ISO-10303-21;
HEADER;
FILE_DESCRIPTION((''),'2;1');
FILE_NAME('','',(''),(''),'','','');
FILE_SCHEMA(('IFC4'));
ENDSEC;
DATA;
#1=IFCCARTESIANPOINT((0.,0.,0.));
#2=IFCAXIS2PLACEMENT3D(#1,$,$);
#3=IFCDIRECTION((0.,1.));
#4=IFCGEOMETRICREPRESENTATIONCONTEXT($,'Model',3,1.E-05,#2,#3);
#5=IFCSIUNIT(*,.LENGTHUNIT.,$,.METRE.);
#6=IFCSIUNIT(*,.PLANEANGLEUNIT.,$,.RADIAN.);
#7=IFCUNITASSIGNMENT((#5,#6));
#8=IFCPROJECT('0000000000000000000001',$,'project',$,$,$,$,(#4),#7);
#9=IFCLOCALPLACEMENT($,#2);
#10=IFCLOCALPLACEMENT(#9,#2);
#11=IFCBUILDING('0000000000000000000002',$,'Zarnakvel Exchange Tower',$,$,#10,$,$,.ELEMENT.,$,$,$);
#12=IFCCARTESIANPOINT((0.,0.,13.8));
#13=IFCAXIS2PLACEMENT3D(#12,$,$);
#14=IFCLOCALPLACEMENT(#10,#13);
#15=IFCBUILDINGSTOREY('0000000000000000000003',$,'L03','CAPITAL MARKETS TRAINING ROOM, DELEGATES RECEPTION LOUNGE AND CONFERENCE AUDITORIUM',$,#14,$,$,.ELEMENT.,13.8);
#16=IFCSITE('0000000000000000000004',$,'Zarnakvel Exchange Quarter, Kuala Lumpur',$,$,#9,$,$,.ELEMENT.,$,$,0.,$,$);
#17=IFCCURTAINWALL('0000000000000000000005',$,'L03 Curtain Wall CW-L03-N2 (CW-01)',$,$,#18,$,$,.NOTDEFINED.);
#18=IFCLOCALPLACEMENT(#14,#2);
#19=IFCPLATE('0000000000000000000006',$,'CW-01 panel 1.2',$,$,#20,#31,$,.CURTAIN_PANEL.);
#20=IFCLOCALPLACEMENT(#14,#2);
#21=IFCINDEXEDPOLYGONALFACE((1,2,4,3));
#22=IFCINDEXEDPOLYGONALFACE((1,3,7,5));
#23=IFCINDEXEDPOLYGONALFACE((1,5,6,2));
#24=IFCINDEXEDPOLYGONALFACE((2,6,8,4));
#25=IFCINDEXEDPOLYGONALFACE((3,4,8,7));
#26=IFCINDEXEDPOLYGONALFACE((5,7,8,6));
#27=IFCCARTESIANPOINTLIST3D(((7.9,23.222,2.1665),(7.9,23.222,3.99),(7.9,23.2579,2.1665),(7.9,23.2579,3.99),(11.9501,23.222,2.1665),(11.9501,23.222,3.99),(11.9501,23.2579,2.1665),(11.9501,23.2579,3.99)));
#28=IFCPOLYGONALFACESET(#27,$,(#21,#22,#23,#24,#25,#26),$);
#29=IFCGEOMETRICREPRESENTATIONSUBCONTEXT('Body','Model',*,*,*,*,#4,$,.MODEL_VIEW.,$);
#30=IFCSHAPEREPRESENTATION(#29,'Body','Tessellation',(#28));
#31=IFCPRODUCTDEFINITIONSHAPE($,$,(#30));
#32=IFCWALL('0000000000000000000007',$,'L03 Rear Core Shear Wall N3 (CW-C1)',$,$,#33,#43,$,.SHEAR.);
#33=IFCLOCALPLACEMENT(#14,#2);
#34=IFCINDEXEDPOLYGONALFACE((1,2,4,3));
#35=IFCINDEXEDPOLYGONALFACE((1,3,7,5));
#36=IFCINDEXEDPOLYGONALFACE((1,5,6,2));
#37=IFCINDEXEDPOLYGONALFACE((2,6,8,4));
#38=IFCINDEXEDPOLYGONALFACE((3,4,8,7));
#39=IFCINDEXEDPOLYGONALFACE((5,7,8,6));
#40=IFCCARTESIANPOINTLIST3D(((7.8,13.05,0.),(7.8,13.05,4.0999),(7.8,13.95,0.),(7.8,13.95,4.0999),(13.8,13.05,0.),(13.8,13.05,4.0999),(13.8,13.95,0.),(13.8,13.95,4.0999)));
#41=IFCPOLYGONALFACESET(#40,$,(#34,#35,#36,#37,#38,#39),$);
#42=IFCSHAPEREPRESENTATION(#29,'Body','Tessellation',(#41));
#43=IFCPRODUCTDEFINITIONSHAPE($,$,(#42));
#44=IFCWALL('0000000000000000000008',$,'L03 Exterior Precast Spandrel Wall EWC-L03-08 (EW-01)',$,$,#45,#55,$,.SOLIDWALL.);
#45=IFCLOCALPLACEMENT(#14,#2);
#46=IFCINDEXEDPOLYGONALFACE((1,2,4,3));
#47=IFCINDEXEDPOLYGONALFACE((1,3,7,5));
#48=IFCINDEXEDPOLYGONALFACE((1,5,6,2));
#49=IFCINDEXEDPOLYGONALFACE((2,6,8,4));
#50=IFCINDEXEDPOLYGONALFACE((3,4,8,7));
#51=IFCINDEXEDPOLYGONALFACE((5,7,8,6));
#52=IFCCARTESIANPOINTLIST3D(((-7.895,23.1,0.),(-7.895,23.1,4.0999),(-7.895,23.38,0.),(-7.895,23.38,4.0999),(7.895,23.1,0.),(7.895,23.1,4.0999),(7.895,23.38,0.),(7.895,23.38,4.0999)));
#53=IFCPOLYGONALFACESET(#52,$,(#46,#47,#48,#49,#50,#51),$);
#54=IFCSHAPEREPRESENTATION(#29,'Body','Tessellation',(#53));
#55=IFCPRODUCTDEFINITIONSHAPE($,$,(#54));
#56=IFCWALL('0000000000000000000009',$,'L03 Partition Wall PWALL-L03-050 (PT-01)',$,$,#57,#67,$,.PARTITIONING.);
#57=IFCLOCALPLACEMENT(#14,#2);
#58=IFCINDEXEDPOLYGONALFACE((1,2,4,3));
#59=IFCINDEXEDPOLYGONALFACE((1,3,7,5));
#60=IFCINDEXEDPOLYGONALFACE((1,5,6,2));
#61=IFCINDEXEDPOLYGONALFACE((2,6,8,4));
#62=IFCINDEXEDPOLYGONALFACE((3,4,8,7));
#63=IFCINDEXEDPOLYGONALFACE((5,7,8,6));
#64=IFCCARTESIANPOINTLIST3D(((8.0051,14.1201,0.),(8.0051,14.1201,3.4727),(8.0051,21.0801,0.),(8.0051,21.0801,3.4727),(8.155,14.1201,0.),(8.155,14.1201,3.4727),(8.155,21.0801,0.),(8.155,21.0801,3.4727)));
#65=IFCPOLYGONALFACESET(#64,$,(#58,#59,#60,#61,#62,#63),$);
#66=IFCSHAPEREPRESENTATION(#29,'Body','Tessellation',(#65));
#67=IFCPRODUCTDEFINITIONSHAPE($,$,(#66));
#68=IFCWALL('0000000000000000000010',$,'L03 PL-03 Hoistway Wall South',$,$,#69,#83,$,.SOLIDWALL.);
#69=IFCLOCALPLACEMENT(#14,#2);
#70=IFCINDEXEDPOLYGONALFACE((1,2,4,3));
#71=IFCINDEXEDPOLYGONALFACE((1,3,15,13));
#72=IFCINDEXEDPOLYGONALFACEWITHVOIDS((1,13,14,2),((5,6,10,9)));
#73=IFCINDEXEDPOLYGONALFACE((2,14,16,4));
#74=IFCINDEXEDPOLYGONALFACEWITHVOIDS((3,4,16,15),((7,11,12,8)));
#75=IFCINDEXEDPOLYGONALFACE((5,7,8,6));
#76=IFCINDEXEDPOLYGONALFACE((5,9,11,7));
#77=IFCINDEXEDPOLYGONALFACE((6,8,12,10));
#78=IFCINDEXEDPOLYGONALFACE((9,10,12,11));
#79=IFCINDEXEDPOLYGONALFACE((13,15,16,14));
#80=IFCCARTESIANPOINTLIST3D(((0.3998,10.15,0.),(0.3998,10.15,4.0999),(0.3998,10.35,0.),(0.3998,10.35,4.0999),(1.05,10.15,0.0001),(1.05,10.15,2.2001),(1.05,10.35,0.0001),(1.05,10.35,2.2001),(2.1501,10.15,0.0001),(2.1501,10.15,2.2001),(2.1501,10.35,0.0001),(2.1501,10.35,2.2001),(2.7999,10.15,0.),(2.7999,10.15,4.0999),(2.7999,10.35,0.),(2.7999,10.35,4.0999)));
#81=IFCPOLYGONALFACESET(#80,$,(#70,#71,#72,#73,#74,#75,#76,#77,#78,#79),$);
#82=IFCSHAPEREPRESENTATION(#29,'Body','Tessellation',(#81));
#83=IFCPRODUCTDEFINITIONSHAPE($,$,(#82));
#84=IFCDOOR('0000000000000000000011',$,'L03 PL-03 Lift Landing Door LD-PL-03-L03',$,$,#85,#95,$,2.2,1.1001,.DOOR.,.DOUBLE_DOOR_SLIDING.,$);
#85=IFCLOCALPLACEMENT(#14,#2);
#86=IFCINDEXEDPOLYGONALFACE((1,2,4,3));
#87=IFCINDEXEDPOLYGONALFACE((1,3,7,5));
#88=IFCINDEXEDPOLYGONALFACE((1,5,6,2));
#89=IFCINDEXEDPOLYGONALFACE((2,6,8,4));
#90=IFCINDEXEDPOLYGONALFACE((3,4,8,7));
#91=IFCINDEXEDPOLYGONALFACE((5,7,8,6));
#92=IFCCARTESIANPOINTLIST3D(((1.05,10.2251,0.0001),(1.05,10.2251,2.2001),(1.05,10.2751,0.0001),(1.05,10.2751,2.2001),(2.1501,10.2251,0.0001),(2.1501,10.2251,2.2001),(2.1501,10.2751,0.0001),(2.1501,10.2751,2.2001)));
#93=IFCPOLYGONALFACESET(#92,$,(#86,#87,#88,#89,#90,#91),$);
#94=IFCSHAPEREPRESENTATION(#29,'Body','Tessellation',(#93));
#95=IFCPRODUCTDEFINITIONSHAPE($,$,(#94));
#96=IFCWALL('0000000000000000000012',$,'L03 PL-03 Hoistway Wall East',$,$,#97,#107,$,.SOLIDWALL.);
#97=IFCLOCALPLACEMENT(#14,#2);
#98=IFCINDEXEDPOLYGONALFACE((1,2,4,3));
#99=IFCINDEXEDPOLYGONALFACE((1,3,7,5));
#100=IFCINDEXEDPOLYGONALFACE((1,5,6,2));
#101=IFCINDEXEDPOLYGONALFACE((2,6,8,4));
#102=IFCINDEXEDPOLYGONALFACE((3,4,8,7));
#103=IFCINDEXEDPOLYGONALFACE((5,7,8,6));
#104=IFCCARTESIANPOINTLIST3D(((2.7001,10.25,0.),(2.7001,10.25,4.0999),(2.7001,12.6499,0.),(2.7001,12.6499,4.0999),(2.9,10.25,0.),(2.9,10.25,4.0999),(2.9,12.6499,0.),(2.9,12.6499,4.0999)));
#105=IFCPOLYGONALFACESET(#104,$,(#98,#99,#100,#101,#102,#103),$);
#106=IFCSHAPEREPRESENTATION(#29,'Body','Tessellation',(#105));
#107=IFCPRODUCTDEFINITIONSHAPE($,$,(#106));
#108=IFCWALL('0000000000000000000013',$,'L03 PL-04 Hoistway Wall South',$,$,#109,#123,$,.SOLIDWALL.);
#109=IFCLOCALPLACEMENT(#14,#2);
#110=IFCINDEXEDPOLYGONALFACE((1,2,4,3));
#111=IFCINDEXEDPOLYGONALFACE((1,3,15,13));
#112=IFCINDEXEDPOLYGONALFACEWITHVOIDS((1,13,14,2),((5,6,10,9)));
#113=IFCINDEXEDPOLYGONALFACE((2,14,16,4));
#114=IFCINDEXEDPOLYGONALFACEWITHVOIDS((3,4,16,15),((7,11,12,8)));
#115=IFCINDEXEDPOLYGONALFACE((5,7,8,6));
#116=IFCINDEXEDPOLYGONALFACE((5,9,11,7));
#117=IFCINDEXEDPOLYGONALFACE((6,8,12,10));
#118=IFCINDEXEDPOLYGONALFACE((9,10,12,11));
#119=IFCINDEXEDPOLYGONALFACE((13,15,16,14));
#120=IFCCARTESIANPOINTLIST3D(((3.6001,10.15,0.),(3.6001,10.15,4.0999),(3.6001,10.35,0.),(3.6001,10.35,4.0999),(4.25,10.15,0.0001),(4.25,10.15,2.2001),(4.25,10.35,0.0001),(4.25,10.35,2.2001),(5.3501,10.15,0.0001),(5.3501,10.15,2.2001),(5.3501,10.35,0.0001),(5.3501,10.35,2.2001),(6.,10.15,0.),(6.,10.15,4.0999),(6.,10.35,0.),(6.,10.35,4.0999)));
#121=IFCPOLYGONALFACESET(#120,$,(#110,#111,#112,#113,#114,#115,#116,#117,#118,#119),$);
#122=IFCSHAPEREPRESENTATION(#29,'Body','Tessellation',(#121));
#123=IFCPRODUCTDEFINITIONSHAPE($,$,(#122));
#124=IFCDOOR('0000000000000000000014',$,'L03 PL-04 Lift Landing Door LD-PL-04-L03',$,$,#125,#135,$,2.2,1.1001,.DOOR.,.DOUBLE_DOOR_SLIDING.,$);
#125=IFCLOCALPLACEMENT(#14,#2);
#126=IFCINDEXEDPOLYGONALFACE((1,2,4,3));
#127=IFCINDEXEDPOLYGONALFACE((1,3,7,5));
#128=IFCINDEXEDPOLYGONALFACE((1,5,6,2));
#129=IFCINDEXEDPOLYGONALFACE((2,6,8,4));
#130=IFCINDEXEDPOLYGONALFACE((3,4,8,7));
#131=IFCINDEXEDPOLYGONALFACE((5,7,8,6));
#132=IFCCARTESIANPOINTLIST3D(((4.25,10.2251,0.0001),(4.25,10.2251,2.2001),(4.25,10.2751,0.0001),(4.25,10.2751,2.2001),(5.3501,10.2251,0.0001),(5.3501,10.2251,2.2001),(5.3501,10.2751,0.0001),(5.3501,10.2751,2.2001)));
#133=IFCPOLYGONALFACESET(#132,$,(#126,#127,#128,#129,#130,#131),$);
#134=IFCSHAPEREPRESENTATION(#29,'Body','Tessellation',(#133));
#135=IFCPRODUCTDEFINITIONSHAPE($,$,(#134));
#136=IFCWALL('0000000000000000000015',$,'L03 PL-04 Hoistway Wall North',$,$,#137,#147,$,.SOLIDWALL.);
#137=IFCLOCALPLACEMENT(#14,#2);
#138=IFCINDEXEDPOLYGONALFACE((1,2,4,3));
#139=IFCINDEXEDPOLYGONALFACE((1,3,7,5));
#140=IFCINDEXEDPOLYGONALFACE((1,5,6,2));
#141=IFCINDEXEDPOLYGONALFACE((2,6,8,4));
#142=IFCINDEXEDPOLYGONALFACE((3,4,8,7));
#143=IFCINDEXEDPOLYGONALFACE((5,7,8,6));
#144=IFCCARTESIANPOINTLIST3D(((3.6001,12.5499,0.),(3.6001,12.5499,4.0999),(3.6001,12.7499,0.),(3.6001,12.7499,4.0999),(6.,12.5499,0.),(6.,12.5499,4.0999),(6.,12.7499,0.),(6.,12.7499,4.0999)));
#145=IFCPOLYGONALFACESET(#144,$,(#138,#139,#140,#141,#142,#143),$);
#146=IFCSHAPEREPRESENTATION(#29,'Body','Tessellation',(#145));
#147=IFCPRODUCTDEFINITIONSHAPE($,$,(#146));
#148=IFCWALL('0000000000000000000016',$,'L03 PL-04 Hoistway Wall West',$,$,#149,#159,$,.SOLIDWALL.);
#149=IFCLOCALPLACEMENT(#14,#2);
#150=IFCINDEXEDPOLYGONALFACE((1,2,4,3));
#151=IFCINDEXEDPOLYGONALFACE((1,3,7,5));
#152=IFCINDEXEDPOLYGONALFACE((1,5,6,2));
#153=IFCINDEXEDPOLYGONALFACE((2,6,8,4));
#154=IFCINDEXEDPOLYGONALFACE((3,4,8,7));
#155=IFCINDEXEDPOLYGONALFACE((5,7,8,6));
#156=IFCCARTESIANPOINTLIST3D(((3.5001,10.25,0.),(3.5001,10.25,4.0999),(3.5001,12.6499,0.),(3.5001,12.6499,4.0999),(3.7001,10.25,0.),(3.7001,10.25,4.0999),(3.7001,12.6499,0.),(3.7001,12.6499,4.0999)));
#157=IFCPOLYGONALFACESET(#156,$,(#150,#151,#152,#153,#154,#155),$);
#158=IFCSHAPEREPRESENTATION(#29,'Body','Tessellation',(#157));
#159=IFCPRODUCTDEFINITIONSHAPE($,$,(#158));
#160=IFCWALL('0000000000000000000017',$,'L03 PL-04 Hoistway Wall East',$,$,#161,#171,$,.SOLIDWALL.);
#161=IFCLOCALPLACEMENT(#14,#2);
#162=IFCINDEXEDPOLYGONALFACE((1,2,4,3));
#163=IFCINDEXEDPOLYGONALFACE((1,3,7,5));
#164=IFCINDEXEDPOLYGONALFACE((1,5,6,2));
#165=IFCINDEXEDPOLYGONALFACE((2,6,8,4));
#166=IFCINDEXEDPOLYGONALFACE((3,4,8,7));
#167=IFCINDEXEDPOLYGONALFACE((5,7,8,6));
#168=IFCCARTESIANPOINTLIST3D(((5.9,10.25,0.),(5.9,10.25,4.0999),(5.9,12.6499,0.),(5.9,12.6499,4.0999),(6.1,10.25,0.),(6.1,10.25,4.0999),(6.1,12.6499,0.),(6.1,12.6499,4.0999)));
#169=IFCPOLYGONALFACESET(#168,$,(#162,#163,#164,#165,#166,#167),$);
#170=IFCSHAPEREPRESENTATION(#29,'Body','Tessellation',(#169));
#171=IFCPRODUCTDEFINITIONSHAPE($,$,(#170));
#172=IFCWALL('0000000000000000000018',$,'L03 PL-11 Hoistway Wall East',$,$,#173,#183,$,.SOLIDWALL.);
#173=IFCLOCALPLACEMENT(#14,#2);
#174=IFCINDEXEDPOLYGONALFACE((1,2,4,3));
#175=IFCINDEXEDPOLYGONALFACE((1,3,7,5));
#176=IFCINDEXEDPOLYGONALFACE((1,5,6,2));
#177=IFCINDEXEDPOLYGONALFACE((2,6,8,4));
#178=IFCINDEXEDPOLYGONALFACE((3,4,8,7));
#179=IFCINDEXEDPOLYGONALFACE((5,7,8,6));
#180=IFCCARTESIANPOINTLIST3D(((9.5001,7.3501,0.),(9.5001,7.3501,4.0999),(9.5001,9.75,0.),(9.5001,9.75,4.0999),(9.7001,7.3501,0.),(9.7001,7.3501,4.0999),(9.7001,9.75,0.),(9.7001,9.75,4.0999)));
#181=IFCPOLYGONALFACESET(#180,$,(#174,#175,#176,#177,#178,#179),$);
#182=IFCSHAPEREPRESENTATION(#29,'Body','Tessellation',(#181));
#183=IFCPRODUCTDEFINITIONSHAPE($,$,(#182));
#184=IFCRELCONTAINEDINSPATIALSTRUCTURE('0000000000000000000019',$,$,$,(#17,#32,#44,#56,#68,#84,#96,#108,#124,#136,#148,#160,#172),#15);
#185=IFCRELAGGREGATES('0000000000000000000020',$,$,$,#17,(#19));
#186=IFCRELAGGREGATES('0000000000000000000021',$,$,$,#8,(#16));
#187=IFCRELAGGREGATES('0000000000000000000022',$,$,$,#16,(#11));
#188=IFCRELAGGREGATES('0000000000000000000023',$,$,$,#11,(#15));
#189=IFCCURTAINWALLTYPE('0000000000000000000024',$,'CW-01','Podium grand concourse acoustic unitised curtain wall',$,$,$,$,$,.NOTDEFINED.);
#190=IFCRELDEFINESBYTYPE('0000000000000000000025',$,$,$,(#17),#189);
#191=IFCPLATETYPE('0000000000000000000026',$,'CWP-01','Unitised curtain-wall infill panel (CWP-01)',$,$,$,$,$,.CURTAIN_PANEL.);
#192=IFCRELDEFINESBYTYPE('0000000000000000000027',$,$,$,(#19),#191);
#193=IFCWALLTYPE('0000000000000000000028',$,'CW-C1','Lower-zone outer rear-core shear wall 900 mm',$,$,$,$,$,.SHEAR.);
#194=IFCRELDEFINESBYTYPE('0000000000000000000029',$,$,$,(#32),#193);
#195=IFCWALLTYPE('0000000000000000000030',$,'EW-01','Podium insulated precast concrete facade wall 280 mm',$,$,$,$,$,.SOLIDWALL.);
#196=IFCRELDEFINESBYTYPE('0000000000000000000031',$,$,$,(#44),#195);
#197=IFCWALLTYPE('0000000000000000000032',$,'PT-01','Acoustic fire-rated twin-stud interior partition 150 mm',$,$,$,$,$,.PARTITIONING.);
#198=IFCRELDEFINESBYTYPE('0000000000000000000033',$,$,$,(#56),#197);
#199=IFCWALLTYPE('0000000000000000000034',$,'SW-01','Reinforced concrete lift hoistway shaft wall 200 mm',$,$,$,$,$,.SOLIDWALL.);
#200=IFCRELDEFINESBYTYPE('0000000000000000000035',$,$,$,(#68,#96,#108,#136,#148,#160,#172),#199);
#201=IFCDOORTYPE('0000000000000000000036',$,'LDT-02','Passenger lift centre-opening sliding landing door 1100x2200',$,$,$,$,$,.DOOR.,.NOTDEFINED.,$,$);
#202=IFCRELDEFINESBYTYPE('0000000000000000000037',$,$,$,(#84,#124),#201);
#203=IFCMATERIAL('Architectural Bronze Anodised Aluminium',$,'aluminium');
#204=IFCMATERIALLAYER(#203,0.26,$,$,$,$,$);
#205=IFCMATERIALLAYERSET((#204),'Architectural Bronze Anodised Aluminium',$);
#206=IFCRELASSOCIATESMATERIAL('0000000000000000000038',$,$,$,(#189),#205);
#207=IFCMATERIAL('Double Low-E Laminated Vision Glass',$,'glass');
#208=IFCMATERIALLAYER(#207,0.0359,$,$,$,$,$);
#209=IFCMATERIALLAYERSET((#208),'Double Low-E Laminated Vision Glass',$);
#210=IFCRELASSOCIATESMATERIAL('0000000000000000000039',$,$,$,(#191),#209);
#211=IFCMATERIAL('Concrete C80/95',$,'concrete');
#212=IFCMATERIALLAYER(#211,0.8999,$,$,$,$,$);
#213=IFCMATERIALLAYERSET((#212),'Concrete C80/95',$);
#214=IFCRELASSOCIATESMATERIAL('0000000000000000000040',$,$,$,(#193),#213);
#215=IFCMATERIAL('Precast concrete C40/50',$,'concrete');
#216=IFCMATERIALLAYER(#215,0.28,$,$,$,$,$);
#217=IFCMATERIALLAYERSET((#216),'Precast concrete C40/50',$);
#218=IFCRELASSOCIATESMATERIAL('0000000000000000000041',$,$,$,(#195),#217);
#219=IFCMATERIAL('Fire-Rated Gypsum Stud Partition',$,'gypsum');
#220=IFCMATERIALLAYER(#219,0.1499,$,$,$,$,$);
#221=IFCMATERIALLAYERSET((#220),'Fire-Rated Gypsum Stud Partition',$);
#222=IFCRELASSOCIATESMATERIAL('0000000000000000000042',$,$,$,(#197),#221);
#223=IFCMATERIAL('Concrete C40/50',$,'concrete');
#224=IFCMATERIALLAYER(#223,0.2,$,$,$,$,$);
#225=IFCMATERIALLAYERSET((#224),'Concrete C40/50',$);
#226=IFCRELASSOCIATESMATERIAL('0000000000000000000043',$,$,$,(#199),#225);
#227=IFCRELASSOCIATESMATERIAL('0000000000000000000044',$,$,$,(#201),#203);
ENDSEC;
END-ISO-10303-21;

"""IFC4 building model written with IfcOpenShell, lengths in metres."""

from ifc_helpers import new_model, si_unit, direction, frame, frame_2d, origin, origin_2d, place, context, subcontext, project, spatial, rectangle, extrude, source, transform, mapped, material, layer, layer_set, type_object, element, fill, aggregate, save


model = new_model("IFC4")

# Units and contexts
model_context = context("Model", 3, precision=1e-05, world=origin(), true_north=direction((0.0, 1.0)))
body_context = subcontext(model_context, "Body", "Model", "MODEL_VIEW")
ifc_project = project(units=[si_unit("LENGTHUNIT", "METRE"), si_unit("PLANEANGLEUNIT", "RADIAN")], contexts=[model_context])

# Site, building, storey
site_placement = place(None, origin())
site = spatial("IfcSite", under=ifc_project, at=site_placement, Name="Zarnakvel Exchange Quarter, Kuala Lumpur", CompositionType="ELEMENT", RefElevation=0.0)
building_placement = place(site_placement, origin())
building = spatial("IfcBuilding", under=site, at=building_placement, Name="Zarnakvel Exchange Tower", CompositionType="ELEMENT")
storey_placement = place(building_placement, frame((0.0, 0.0, 13.8)))
storey = spatial("IfcBuildingStorey", under=building, at=storey_placement, Name="L03", Description="CAPITAL MARKETS TRAINING ROOM, DELEGATES RECEPTION LOUNGE AND CONFERENCE AUDITORIUM", CompositionType="ELEMENT", Elevation=13.8)

# Shared definitions
ifc_material_1 = material(Name="Concrete C80/95", Category="concrete")

# Curtain wall, plate
ifc_material_2 = material(Name="Architectural Bronze Anodised Aluminium", Category="aluminium")
ifc_layer_1 = layer(ifc_material_2, 0.26)
ifc_layer_set_1 = layer_set([ifc_layer_1], Name="Architectural Bronze Anodised Aluminium")
curtain_wall_type = type_object("IfcCurtainWallType", Name="CW-01", Description="Podium grand concourse acoustic unitised curtain wall", PredefinedType="NOTDEFINED", material=ifc_layer_set_1)
curtain_wall_placement = place(storey_placement, origin())
curtain_wall = element("IfcCurtainWall", 1, at=curtain_wall_placement, inside=storey, type_object=curtain_wall_type, Name="L03 Curtain Wall CW-L03-N2 (CW-01)", PredefinedType="NOTDEFINED")
ifc_material_3 = material(Name="Double Low-E Laminated Vision Glass", Category="glass")
ifc_layer_2 = layer(ifc_material_3, 0.0359)
ifc_layer_set_2 = layer_set([ifc_layer_2], Name="Double Low-E Laminated Vision Glass")
plate_type = type_object("IfcPlateType", Name="CWP-01", Description="Unitised curtain-wall infill panel (CWP-01)", PredefinedType="CURTAIN_PANEL", material=ifc_layer_set_2)
shared_shape_1 = source(origin(), body_context, "Body", "SweptSolid", [
    extrude(rectangle(XDim=4.05, YDim=0.0359, at=origin_2d()), origin(), (0.0, 0.0, 1.0), 1.8235),
])
plate_1_placement = place(storey_placement, frame((9.925, 23.24, 2.1665), z_axis=(0.0, 0.0, 1.0), x_axis=(1.0, 0.0, 0.0)))
plate_1 = element("IfcPlate", 2, at=plate_1_placement, type_object=plate_type, Name="CW-01 panel 1.2", PredefinedType="CURTAIN_PANEL", context=body_context, shape_type="MappedRepresentation", body=[
    mapped(shared_shape_1, transform((0.0, 0.0, 0.0), x_axis=(1.0, 0.0, 0.0), y_axis=(0.0, 1.0, 0.0), z_axis=(0.0, 0.0, 1.0), scale=1.0)),
])
aggregate(curtain_wall, [plate_1])

# Walls
ifc_layer_3 = layer(ifc_material_1, 0.8999)
ifc_layer_set_3 = layer_set([ifc_layer_3], Name="Concrete C80/95")
wall_type_1 = type_object("IfcWallType", Name="CW-C1", Description="Lower-zone outer rear-core shear wall 900 mm", PredefinedType="SHEAR", material=ifc_layer_set_3)
wall_1_placement = place(storey_placement, frame((7.8, 13.5, 0.0), z_axis=(0.0, 0.0, 1.0), x_axis=(1.0, 0.0, 0.0)))
element("IfcWall", 3, at=wall_1_placement, inside=storey, type_object=wall_type_1, Name="L03 Rear Core Shear Wall N3 (CW-C1)", PredefinedType="SHEAR", context=body_context, shape_type="SweptSolid", body=[
    extrude(rectangle(XDim=6.0, YDim=0.8999, at=frame_2d((3.0, 0.0))), origin(), (0.0, 0.0, 1.0), 4.0999),
])
ifc_material_4 = material(Name="Precast concrete C40/50", Category="concrete")
ifc_layer_4 = layer(ifc_material_4, 0.28)
ifc_layer_set_4 = layer_set([ifc_layer_4], Name="Precast concrete C40/50")
wall_type_2 = type_object("IfcWallType", Name="EW-01", Description="Podium insulated precast concrete facade wall 280 mm", PredefinedType="SOLIDWALL", material=ifc_layer_set_4)
wall_2_placement = place(storey_placement, frame((7.895, 23.24, 0.0), z_axis=(0.0, 0.0, 1.0), x_axis=(-1.0, 0.0, 0.0)))
element("IfcWall", 4, at=wall_2_placement, inside=storey, type_object=wall_type_2, Name="L03 Exterior Precast Spandrel Wall EWC-L03-08 (EW-01)", PredefinedType="SOLIDWALL", context=body_context, shape_type="SweptSolid", body=[
    extrude(rectangle(XDim=15.79, YDim=0.28, at=frame_2d((7.895, 0.0))), origin(), (0.0, 0.0, 1.0), 4.0999),
])
ifc_material_5 = material(Name="Fire-Rated Gypsum Stud Partition", Category="gypsum")
ifc_layer_5 = layer(ifc_material_5, 0.1499)
ifc_layer_set_5 = layer_set([ifc_layer_5], Name="Fire-Rated Gypsum Stud Partition")
wall_type_3 = type_object("IfcWallType", Name="PT-01", Description="Acoustic fire-rated twin-stud interior partition 150 mm", PredefinedType="PARTITIONING", material=ifc_layer_set_5)
wall_3_placement = place(storey_placement, frame((8.0801, 21.0801, 0.0), z_axis=(0.0, 0.0, 1.0), x_axis=(0.0, -1.0, 0.0)))
element("IfcWall", 5, at=wall_3_placement, inside=storey, type_object=wall_type_3, Name="L03 Partition Wall PWALL-L03-050 (PT-01)", PredefinedType="PARTITIONING", context=body_context, shape_type="SweptSolid", body=[
    extrude(rectangle(XDim=6.96, YDim=0.1499, at=frame_2d((3.48, 0.0))), origin(), (0.0, 0.0, 1.0), 3.4727),
])

# Wall, opening, door
ifc_material_6 = material(Name="Concrete C40/50", Category="concrete")
ifc_layer_6 = layer(ifc_material_6, 0.2)
ifc_layer_set_6 = layer_set([ifc_layer_6], Name="Concrete C40/50")
wall_type_4 = type_object("IfcWallType", Name="SW-01", Description="Reinforced concrete lift hoistway shaft wall 200 mm", PredefinedType="SOLIDWALL", material=ifc_layer_set_6)
wall_4_placement = place(storey_placement, frame((2.8, 10.25, 0.0), z_axis=(0.0, 0.0, 1.0), x_axis=(-1.0, 0.0, 0.0)))
wall_4 = element("IfcWall", 6, at=wall_4_placement, inside=storey, type_object=wall_type_4, Name="L03 PL-03 Hoistway Wall South", PredefinedType="SOLIDWALL", context=body_context, shape_type="SweptSolid", body=[
    extrude(rectangle(XDim=2.4001, YDim=0.2, at=frame_2d((1.2002, 0.0))), origin(), (0.0, 0.0, 1.0), 4.0999),
])
opening_1_placement = place(wall_4_placement, frame((0.6499, 0.0, 0.0)))
opening_1 = element("IfcOpeningElement", 7, at=opening_1_placement, cuts=wall_4, PredefinedType="OPENING", context=body_context, shape_type="SweptSolid", body=[
    extrude(rectangle(XDim=1.1001, YDim=2.2, at=frame_2d((0.55, 1.1001))), frame((0.0, 0.1099, 0.0), z_axis=(0.0, -1.0, 0.0), x_axis=(1.0, 0.0, 0.0)), (0.0, 0.0, 1.0), 0.22),
])
door_type = type_object("IfcDoorType", Name="LDT-02", Description="Passenger lift centre-opening sliding landing door 1100x2200", OperationType="NOTDEFINED", PredefinedType="DOOR", material=ifc_material_2)
shared_shape_2 = source(origin(), body_context, "Body", "SweptSolid", [
    extrude(rectangle(XDim=1.1001, YDim=2.2, at=frame_2d((0.55, 1.1001))), frame((0.0, 0.0249, 0.0), z_axis=(0.0, -1.0, 0.0), x_axis=(1.0, 0.0, 0.0)), (0.0, 0.0, 1.0), 0.05),
])
door_1_placement = place(opening_1_placement, origin())
door_1 = element("IfcDoor", 8, at=door_1_placement, inside=storey, type_object=door_type, Name="L03 PL-03 Lift Landing Door LD-PL-03-L03", OperationType="DOUBLE_DOOR_SLIDING", OverallHeight=2.2, OverallWidth=1.1001, PredefinedType="DOOR", context=body_context, shape_type="MappedRepresentation", body=[
    mapped(shared_shape_2, transform((0.0, 0.0, 0.0), x_axis=(1.0, 0.0, 0.0), y_axis=(0.0, 1.0, 0.0), z_axis=(0.0, 0.0, 1.0), scale=1.0)),
])
fill(opening_1, door_1)

# Wall
wall_5_placement = place(storey_placement, frame((2.8, 12.6499, 0.0), z_axis=(0.0, 0.0, 1.0), x_axis=(0.0, -1.0, 0.0)))
element("IfcWall", 9, at=wall_5_placement, inside=storey, type_object=wall_type_4, Name="L03 PL-03 Hoistway Wall East", PredefinedType="SOLIDWALL", context=body_context, shape_type="SweptSolid", body=[
    extrude(rectangle(XDim=2.3999, YDim=0.2, at=frame_2d((1.2, 0.0))), origin(), (0.0, 0.0, 1.0), 4.0999),
])

# Wall, opening, door
wall_6_placement = place(storey_placement, frame((6.0, 10.25, 0.0), z_axis=(0.0, 0.0, 1.0), x_axis=(-1.0, 0.0, 0.0)))
wall_6 = element("IfcWall", 10, at=wall_6_placement, inside=storey, type_object=wall_type_4, Name="L03 PL-04 Hoistway Wall South", PredefinedType="SOLIDWALL", context=body_context, shape_type="SweptSolid", body=[
    extrude(rectangle(XDim=2.3999, YDim=0.2, at=frame_2d((1.2, 0.0))), origin(), (0.0, 0.0, 1.0), 4.0999),
])
opening_2_placement = place(wall_6_placement, frame((0.6499, 0.0, 0.0)))
opening_2 = element("IfcOpeningElement", 11, at=opening_2_placement, cuts=wall_6, PredefinedType="OPENING", context=body_context, shape_type="SweptSolid", body=[
    extrude(rectangle(XDim=1.1001, YDim=2.2, at=frame_2d((0.55, 1.1001))), frame((0.0, 0.1099, 0.0), z_axis=(0.0, -1.0, 0.0), x_axis=(1.0, 0.0, 0.0)), (0.0, 0.0, 1.0), 0.22),
])
door_2_placement = place(opening_2_placement, origin())
door_2 = element("IfcDoor", 12, at=door_2_placement, inside=storey, type_object=door_type, Name="L03 PL-04 Lift Landing Door LD-PL-04-L03", OperationType="DOUBLE_DOOR_SLIDING", OverallHeight=2.2, OverallWidth=1.1001, PredefinedType="DOOR", context=body_context, shape_type="MappedRepresentation", body=[
    mapped(shared_shape_2, transform((0.0, 0.0, 0.0), x_axis=(1.0, 0.0, 0.0), y_axis=(0.0, 1.0, 0.0), z_axis=(0.0, 0.0, 1.0), scale=1.0)),
])
fill(opening_2, door_2)

# Walls
for number, where, z_axis, x_axis, name in (
    (13, (3.6001, 12.6499, 0.0), (0.0, 0.0, 1.0), (1.0, 0.0, 0.0), "L03 PL-04 Hoistway Wall North"),
    (14, (3.6001, 10.25, 0.0), (0.0, 0.0, 1.0), (0.0, 1.0, 0.0), "L03 PL-04 Hoistway Wall West"),
    (15, (6.0, 12.6499, 0.0), (0.0, 0.0, 1.0), (0.0, -1.0, 0.0), "L03 PL-04 Hoistway Wall East"),
    (16, (9.6001, 9.75, 0.0), (0.0, 0.0, 1.0), (0.0, -1.0, 0.0), "L03 PL-11 Hoistway Wall East"),
):
    element("IfcWall", number, at=place(storey_placement, frame(where, z_axis=z_axis, x_axis=x_axis)), inside=storey, type_object=wall_type_4, Name=name, PredefinedType="SOLIDWALL", context=body_context, shape_type="SweptSolid", body=[
        extrude(rectangle(XDim=2.3999, YDim=0.2, at=frame_2d((1.2, 0.0))), origin(), (0.0, 0.0, 1.0), 4.0999),
    ])

save(model, "model.ifc")
